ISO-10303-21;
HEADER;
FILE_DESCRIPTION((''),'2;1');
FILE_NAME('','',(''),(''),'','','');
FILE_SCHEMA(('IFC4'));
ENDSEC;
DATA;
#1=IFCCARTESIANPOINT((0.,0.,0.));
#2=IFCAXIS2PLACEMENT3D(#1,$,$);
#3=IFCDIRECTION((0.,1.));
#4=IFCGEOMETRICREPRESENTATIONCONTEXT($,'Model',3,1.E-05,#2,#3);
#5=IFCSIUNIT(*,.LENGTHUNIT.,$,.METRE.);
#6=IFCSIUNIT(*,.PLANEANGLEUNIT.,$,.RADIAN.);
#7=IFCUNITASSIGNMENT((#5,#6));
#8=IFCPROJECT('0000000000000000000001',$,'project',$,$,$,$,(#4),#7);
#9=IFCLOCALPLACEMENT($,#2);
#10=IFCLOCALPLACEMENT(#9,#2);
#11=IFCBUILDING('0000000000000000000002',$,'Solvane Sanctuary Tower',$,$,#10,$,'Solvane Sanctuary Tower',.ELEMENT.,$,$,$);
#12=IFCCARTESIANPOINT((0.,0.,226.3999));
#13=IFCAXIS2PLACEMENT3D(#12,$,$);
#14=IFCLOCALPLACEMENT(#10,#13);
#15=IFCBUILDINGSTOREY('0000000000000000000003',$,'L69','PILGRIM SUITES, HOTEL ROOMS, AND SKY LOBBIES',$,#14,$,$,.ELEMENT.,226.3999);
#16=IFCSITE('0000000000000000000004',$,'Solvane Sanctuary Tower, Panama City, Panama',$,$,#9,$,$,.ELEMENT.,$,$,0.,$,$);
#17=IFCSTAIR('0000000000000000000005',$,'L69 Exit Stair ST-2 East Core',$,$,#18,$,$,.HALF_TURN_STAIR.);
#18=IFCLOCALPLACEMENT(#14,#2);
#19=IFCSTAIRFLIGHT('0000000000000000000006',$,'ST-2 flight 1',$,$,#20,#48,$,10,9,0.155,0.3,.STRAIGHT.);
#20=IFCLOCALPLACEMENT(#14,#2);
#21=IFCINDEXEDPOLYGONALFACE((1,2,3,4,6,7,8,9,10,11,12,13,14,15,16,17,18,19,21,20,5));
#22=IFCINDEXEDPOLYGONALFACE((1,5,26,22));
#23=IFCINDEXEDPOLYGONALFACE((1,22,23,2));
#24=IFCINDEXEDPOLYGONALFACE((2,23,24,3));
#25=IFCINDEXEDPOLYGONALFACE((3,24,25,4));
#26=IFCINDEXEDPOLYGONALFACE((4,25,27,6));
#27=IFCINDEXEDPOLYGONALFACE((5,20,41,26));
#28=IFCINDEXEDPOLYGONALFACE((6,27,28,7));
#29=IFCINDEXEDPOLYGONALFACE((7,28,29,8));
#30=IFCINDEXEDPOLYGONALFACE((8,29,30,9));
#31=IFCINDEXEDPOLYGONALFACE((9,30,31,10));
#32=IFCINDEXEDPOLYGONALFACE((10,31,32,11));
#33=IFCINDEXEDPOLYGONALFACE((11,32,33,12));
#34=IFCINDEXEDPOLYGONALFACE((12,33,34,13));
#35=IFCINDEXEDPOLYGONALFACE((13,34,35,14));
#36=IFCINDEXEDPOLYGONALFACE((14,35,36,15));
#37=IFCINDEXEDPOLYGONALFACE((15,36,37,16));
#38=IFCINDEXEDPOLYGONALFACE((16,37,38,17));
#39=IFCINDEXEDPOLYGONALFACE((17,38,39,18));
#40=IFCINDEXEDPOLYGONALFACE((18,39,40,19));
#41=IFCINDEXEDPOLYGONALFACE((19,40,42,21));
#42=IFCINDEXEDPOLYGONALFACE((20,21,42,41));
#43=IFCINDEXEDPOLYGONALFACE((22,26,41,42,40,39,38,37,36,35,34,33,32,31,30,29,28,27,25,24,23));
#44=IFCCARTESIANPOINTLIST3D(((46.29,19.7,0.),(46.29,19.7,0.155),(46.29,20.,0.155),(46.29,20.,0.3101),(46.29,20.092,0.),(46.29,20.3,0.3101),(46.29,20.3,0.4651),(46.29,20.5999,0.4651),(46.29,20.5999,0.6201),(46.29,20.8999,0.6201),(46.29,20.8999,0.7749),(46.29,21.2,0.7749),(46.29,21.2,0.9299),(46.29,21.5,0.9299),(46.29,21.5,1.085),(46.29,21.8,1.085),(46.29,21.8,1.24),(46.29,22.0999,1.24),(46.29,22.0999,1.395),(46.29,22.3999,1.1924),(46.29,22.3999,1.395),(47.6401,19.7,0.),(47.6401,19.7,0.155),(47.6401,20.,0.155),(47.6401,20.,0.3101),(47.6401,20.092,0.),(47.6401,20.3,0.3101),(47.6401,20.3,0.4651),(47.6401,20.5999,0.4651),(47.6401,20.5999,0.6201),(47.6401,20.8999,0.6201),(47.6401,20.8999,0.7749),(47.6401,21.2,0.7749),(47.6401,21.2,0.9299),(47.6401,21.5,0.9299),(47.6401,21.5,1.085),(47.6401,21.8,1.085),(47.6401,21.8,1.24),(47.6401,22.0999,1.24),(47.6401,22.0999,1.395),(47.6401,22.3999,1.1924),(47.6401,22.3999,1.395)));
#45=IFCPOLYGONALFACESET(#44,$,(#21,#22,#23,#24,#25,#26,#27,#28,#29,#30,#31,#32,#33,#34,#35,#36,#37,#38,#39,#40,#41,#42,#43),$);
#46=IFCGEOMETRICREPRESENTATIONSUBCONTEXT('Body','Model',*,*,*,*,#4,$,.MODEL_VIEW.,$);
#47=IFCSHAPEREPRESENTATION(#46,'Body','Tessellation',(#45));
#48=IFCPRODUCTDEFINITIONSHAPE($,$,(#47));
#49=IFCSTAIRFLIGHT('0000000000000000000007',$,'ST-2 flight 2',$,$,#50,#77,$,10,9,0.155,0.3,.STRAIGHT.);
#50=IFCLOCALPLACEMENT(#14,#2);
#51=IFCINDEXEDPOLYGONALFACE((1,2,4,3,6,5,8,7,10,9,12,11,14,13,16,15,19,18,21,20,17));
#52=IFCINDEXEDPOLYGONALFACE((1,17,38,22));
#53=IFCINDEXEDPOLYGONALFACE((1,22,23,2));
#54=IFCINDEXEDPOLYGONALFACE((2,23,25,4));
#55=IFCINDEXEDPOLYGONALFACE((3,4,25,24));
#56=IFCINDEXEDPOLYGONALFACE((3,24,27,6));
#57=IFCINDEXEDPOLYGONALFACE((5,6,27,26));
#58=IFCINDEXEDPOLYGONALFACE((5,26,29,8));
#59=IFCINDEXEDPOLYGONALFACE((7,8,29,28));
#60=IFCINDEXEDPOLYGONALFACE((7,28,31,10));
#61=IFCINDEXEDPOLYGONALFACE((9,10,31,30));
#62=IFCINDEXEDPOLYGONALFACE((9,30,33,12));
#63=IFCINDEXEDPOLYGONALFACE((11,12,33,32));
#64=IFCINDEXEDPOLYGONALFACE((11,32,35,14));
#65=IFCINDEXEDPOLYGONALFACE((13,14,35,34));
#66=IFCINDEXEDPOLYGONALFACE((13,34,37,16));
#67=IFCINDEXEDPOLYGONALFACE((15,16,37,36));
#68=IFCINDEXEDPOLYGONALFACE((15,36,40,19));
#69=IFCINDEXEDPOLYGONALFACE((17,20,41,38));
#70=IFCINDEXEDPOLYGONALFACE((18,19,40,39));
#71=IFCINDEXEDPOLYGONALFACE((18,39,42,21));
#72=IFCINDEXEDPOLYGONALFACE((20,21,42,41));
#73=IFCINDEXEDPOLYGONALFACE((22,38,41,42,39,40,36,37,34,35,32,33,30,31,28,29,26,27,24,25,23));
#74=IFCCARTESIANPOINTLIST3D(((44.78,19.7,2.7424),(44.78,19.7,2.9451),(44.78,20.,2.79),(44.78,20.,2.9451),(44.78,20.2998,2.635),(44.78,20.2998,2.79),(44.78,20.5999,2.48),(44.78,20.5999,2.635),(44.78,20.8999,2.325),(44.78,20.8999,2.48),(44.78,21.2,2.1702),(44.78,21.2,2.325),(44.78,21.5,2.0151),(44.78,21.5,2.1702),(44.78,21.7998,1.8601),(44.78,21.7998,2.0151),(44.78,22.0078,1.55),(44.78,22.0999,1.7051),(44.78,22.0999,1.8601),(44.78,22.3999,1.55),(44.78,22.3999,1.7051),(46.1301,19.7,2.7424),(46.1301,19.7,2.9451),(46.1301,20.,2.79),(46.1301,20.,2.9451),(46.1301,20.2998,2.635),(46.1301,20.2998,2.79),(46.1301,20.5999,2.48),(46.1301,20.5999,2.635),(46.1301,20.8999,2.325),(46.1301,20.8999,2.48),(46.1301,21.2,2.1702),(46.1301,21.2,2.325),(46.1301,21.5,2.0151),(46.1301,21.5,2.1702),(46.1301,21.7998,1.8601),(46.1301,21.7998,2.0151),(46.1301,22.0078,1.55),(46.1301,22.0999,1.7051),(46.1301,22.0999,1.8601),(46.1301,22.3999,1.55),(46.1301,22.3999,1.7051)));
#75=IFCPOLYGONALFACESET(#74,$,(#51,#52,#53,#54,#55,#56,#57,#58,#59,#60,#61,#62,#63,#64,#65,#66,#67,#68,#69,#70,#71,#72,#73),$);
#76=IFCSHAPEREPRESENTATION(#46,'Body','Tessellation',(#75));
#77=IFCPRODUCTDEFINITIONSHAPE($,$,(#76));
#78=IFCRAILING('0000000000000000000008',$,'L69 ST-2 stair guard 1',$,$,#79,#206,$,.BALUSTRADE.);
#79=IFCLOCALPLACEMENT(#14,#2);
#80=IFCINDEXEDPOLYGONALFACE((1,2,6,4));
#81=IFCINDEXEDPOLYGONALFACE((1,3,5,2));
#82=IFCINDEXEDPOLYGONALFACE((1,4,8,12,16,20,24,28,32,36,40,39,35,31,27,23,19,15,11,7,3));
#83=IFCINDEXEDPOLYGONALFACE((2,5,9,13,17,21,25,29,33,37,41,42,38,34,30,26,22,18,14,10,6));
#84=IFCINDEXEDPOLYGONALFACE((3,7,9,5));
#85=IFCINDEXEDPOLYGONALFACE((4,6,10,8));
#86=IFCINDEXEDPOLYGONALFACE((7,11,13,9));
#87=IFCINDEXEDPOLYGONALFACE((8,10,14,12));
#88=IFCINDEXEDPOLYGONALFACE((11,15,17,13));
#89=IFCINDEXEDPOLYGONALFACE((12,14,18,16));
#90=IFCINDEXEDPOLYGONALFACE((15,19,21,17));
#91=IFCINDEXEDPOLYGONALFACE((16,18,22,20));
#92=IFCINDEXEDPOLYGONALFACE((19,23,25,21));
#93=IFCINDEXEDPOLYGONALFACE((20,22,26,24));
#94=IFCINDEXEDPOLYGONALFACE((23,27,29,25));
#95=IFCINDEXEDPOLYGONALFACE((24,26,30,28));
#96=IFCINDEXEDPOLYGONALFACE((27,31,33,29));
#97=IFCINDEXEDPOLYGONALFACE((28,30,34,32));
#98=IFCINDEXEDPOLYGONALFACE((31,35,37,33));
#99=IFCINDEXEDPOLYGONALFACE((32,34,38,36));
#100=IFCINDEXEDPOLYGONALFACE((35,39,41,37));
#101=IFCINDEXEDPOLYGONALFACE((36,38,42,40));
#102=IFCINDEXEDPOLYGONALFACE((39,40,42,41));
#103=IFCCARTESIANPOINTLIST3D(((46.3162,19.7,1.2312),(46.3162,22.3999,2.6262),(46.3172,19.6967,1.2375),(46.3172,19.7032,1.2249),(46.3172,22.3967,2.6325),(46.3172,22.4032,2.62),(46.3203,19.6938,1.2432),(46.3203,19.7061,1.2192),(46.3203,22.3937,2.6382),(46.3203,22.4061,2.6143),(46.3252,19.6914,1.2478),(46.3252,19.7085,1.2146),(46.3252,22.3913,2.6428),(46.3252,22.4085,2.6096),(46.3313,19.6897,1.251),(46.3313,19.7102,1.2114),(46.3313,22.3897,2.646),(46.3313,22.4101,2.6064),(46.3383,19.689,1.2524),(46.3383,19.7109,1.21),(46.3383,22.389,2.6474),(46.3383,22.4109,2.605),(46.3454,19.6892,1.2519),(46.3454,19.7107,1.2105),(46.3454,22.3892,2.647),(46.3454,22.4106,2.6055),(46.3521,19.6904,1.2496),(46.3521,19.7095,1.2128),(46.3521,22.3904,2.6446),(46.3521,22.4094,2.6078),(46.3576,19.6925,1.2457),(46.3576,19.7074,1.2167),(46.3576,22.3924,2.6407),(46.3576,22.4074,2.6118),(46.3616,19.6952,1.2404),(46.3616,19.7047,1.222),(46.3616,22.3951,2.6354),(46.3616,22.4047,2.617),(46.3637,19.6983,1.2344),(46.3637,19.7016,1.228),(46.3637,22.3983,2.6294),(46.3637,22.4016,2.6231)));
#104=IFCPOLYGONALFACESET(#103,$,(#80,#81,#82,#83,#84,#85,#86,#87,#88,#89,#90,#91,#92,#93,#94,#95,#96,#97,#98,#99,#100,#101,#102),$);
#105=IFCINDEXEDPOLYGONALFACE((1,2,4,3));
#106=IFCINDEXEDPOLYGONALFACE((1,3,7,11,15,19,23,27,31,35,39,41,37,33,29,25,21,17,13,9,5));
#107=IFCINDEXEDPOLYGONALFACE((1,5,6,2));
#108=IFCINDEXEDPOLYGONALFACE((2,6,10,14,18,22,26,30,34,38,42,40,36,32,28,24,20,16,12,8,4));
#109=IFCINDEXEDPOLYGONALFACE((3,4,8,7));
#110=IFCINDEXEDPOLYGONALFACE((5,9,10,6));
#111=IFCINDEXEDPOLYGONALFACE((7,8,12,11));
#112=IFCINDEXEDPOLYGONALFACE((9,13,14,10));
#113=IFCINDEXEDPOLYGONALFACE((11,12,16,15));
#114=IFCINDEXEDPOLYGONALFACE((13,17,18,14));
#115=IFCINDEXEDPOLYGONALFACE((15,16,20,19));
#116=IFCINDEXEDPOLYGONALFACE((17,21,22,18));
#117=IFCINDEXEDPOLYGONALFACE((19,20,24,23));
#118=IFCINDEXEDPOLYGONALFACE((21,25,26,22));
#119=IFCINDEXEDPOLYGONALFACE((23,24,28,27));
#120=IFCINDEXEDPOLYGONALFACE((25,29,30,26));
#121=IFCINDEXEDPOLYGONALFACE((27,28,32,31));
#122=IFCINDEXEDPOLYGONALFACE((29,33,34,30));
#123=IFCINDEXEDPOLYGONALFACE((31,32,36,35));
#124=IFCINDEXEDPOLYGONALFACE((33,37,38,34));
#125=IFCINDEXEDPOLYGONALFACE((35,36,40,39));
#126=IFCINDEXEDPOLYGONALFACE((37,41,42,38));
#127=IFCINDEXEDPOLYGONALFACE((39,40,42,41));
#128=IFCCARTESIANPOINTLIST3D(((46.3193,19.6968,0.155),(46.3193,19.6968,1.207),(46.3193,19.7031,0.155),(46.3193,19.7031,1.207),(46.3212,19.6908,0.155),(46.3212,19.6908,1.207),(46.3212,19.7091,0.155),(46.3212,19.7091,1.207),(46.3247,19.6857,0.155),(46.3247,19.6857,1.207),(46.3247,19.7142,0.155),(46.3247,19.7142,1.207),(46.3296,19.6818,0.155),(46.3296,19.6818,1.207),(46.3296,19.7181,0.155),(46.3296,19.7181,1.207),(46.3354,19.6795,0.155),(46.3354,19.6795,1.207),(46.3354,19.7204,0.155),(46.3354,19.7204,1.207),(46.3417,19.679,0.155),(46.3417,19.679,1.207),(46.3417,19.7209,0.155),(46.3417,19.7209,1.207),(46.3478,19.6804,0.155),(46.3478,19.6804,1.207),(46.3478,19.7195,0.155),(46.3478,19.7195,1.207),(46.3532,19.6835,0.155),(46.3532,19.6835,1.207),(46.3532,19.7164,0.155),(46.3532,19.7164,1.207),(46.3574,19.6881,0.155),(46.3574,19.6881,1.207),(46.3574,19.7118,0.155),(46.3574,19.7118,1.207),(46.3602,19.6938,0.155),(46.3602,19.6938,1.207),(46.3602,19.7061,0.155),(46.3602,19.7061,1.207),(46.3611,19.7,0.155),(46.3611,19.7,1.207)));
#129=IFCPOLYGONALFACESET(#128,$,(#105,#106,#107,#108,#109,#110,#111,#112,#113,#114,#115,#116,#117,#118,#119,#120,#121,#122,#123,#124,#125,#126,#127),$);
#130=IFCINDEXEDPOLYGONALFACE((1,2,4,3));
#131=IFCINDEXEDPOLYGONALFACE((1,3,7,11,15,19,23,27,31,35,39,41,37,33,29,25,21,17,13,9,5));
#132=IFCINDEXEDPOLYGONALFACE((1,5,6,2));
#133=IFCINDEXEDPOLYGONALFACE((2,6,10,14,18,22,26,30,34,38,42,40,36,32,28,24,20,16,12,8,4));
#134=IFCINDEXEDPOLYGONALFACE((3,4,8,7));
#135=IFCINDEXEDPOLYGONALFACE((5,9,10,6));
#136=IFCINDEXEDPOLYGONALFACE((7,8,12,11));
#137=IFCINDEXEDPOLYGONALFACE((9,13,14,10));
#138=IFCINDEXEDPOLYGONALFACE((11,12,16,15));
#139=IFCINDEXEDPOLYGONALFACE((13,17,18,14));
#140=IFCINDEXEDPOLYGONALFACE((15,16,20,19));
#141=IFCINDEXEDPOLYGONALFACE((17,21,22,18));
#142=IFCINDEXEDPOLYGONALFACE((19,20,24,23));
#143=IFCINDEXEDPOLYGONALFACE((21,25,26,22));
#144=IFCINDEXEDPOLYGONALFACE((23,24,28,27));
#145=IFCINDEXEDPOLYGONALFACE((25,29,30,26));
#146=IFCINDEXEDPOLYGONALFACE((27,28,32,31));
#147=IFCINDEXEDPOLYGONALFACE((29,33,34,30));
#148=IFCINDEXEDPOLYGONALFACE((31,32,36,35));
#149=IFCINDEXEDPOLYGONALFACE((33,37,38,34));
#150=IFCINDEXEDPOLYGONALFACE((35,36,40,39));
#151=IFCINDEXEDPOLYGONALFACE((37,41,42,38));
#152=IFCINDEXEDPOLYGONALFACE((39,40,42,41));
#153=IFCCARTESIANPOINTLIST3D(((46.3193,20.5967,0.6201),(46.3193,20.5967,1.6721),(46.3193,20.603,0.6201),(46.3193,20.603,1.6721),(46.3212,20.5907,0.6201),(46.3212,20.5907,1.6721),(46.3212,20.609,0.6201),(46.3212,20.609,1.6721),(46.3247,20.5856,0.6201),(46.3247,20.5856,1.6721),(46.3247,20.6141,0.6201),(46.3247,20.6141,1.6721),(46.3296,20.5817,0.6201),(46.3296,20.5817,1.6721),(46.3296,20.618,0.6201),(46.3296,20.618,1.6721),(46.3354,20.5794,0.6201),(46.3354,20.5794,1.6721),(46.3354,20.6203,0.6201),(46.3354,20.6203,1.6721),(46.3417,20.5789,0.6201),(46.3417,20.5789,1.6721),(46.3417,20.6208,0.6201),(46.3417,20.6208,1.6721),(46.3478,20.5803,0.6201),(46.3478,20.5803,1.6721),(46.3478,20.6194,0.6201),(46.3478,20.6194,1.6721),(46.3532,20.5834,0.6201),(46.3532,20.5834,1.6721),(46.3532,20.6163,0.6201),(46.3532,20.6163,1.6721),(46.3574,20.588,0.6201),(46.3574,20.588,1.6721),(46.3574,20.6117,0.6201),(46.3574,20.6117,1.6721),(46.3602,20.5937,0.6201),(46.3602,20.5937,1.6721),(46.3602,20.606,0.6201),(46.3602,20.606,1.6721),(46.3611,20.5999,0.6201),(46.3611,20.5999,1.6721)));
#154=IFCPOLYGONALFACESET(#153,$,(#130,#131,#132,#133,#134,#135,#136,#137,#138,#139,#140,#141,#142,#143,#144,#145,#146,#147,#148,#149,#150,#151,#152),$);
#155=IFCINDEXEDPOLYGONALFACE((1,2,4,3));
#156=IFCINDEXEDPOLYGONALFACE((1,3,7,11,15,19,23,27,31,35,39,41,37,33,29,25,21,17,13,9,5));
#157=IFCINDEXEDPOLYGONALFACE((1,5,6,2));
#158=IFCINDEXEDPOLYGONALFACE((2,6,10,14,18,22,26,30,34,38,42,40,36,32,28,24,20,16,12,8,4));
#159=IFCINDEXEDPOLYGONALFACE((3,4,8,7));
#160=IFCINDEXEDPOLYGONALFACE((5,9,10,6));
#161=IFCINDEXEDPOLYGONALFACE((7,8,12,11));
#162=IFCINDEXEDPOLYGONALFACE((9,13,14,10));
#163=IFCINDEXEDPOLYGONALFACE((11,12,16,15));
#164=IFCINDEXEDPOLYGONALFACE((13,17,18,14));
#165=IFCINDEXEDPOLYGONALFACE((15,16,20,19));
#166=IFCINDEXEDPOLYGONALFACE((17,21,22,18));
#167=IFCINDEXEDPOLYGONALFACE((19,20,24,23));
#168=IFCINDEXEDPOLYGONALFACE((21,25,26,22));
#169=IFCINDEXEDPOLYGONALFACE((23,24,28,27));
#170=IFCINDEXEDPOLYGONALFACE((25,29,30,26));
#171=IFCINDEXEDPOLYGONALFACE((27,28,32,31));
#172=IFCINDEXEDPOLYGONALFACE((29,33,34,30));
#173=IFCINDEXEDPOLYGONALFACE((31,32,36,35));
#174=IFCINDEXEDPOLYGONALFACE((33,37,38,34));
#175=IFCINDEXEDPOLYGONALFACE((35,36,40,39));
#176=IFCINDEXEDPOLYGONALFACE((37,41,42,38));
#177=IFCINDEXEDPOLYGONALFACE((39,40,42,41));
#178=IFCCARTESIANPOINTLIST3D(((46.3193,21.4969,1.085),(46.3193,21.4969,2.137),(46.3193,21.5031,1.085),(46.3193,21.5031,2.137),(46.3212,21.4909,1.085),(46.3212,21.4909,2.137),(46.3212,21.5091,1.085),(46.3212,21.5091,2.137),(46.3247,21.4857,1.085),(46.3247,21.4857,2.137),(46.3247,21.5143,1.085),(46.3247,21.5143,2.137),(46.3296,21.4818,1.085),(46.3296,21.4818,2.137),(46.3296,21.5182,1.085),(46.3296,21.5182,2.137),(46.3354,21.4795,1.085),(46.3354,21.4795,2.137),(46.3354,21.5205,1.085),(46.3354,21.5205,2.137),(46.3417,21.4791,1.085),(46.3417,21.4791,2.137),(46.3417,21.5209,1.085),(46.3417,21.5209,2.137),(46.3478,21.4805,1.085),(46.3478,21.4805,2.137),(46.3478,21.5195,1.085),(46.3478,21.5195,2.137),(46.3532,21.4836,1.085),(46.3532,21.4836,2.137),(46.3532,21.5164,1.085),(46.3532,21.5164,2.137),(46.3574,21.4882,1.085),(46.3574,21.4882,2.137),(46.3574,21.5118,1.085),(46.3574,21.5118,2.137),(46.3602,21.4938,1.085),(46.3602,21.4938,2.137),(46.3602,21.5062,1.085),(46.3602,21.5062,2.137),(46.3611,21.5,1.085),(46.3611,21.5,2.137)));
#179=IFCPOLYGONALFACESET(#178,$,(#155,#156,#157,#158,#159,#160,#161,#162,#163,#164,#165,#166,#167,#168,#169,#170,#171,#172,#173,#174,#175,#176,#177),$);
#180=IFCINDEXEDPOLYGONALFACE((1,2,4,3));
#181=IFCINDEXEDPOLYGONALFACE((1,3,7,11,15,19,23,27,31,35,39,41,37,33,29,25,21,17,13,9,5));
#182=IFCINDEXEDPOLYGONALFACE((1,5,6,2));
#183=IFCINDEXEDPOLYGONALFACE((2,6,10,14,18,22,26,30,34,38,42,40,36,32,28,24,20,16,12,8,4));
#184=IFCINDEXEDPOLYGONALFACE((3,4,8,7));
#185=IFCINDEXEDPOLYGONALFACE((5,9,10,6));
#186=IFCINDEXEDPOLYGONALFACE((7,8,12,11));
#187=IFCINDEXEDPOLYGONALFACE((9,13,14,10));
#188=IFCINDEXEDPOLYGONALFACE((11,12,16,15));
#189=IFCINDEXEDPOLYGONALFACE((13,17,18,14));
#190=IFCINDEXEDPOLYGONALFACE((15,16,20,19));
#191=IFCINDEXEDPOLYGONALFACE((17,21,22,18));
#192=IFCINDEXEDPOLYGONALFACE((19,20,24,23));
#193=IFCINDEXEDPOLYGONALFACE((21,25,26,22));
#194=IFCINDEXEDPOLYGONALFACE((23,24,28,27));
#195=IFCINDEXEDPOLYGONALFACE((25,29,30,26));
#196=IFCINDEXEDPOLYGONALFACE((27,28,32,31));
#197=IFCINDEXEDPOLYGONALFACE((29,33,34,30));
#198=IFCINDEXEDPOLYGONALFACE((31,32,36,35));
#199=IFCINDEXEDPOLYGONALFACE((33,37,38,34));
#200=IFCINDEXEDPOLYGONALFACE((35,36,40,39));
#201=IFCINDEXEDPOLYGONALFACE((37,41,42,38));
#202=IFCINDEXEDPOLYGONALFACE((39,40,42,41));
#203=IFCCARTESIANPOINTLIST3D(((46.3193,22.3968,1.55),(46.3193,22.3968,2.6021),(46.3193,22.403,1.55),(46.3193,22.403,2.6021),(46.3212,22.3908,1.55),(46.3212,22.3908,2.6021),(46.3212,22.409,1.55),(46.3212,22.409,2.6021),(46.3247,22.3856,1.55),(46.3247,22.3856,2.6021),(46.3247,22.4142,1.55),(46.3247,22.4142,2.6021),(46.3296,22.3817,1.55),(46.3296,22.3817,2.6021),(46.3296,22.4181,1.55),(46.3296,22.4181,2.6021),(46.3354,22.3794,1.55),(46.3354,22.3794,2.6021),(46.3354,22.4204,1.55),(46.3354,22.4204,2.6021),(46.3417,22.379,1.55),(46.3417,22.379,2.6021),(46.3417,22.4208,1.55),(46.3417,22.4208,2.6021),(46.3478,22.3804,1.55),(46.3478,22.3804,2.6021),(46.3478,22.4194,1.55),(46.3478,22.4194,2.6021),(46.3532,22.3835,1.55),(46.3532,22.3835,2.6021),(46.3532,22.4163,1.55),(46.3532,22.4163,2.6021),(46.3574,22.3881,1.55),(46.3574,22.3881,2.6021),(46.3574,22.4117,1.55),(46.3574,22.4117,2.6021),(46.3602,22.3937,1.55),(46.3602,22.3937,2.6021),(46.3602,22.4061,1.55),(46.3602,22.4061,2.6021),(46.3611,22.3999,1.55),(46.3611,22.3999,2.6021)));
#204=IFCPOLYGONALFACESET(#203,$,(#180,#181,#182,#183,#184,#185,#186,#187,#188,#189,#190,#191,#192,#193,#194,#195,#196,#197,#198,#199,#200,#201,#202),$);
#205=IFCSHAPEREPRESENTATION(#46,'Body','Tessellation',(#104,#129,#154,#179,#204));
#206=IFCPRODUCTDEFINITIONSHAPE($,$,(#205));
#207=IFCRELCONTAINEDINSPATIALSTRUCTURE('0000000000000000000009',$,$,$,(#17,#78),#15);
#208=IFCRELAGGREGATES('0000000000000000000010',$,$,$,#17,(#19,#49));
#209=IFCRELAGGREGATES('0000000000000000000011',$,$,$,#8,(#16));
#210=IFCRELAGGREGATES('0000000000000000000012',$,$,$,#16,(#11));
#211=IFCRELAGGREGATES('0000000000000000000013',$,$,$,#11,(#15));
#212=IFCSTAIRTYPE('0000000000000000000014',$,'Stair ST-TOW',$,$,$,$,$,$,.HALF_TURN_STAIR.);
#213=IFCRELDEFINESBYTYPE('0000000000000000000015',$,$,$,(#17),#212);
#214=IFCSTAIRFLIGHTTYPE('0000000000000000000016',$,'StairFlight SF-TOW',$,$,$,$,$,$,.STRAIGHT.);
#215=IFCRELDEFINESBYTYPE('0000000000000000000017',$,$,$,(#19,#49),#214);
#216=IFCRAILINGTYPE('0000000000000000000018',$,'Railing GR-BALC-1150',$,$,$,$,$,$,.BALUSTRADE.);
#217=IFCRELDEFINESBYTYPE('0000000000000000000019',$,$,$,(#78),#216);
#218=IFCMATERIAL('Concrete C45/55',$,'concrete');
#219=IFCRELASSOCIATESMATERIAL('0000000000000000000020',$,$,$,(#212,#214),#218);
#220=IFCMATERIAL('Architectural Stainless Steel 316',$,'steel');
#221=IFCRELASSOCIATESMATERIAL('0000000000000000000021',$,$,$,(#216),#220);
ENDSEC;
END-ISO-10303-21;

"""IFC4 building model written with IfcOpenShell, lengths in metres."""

from ifc_helpers import new_model, si_unit, direction, frame, origin, origin_2d, place, context, subcontext, project, spatial, polyline, circle, outline, extrude, material, type_object, element, aggregate, save


model = new_model("IFC4")

# Units and contexts
model_context = context("Model", 3, precision=1e-05, world=origin(), true_north=direction((0.0, 1.0)))
body_context = subcontext(model_context, "Body", "Model", "MODEL_VIEW")
ifc_project = project(units=[si_unit("LENGTHUNIT", "METRE"), si_unit("PLANEANGLEUNIT", "RADIAN")], contexts=[model_context])

# Site, building, storey
site_placement = place(None, origin())
site = spatial("IfcSite", under=ifc_project, at=site_placement, Name="Solvane Sanctuary Tower, Panama City, Panama", CompositionType="ELEMENT", RefElevation=0.0)
building_placement = place(site_placement, origin())
building = spatial("IfcBuilding", under=site, at=building_placement, Name="Solvane Sanctuary Tower", LongName="Solvane Sanctuary Tower", CompositionType="ELEMENT")
storey_placement = place(building_placement, frame((0.0, 0.0, 226.3999)))
storey = spatial("IfcBuildingStorey", under=building, at=storey_placement, Name="L69", Description="PILGRIM SUITES, HOTEL ROOMS, AND SKY LOBBIES", CompositionType="ELEMENT", Elevation=226.3999)

# Shared definitions
ifc_material_1 = material(Name="Architectural Stainless Steel 316", Category="steel")

# Stair, stair flights
ifc_material_2 = material(Name="Concrete C45/55", Category="concrete")
stair_type = type_object("IfcStairType", Name="Stair ST-TOW", PredefinedType="HALF_TURN_STAIR", material=ifc_material_2)
stair_placement = place(storey_placement, origin())
stair = element("IfcStair", 1, at=stair_placement, inside=storey, type_object=stair_type, Name="L69 Exit Stair ST-2 East Core", PredefinedType="HALF_TURN_STAIR")
stair_flight_type = type_object("IfcStairFlightType", Name="StairFlight SF-TOW", PredefinedType="STRAIGHT", material=ifc_material_2)
stair_flight_1_placement = place(storey_placement, frame((46.9651, 19.7, 0.0), z_axis=(0.0, 0.0, 1.0), x_axis=(0.0, 1.0, 0.0)))
stair_flight_1 = element("IfcStairFlight", 2, at=stair_flight_1_placement, type_object=stair_flight_type, Name="ST-2 flight 1", NumberOfRisers=10, NumberOfTreads=9, PredefinedType="STRAIGHT", RiserHeight=0.155, TreadLength=0.3, context=body_context, shape_type="SweptSolid", body=[
    extrude(outline(polyline([(0.0, 0.0), (0.0, 0.155), (0.3, 0.155), (0.3, 0.3101), (0.6001, 0.3101), (0.6001, 0.4651), (0.8999, 0.4651), (0.8999, 0.6201), (1.2, 0.6201), (1.2, 0.7749), (1.5, 0.7749), (1.5, 0.9299), (1.8, 0.9299), (1.8, 1.085), (2.1001, 1.085), (2.1001, 1.24), (2.3999, 1.24), (2.3999, 1.395), (2.7, 1.395), (2.7, 1.55), (2.7, 1.1924), (0.3921, 0.0), (0.0, 0.0)])), frame((0.0, 0.675, 0.0), z_axis=(0.0, -1.0, 0.0), x_axis=(1.0, 0.0, 0.0)), (0.0, 0.0, 1.0), 1.3501),
])
stair_flight_2_placement = place(storey_placement, frame((45.4551, 22.3999, 1.55), z_axis=(0.0, 0.0, 1.0), x_axis=(0.0, -1.0, 0.0)))
stair_flight_2 = element("IfcStairFlight", 3, at=stair_flight_2_placement, type_object=stair_flight_type, Name="ST-2 flight 2", NumberOfRisers=10, NumberOfTreads=9, PredefinedType="STRAIGHT", RiserHeight=0.155, TreadLength=0.3, context=body_context, shape_type="SweptSolid", body=[
    extrude(outline(polyline([(0.0, 0.0), (0.0, 0.155), (0.3, 0.155), (0.3, 0.3101), (0.6001, 0.3101), (0.6001, 0.4651), (0.8999, 0.4651), (0.8999, 0.6201), (1.2, 0.6201), (1.2, 0.7749), (1.5, 0.7749), (1.5, 0.9299), (1.8, 0.9299), (1.8, 1.085), (2.1001, 1.085), (2.1001, 1.24), (2.3999, 1.24), (2.3999, 1.395), (2.7, 1.395), (2.7, 1.55), (2.7, 1.1924), (0.3921, 0.0), (0.0, 0.0)])), frame((0.0, 0.675, 0.0), z_axis=(0.0, -1.0, 0.0), x_axis=(1.0, 0.0, 0.0)), (0.0, 0.0, 1.0), 1.3501),
])
aggregate(stair, [stair_flight_1, stair_flight_2])

# Railing
railing_type_1 = type_object("IfcRailingType", Name="Railing GR-BALC-1150", PredefinedType="BALUSTRADE", material=ifc_material_1)
railing_1_placement = place(storey_placement, frame((46.3401, 19.7, 0.155)))
element("IfcRailing", 4, at=railing_1_placement, inside=storey, type_object=railing_type_1, Name="L69 ST-2 stair guard 1", PredefinedType="BALUSTRADE", context=body_context, shape_type="SweptSolid", body=[
    extrude(circle(Radius=0.0239, at=origin_2d()), frame((0.0, 0.0, 1.0762), z_axis=(0.0, 0.88842, 0.459032), x_axis=(-1.0, 0.0, 0.0)), (0.0, 0.0, 1.0), 3.0391),
    extrude(circle(Radius=0.021, at=origin_2d()), origin(), (0.0, 0.0, 1.0), 1.052),
    extrude(circle(Radius=0.021, at=origin_2d()), frame((0.0, 0.8999, 0.4651)), (0.0, 0.0, 1.0), 1.052),
    extrude(circle(Radius=0.021, at=origin_2d()), frame((0.0, 1.8, 0.9299)), (0.0, 0.0, 1.0), 1.052),
    extrude(circle(Radius=0.021, at=origin_2d()), frame((0.0, 2.7, 1.395)), (0.0, 0.0, 1.0), 1.052),
])

save(model, "model.ifc")
